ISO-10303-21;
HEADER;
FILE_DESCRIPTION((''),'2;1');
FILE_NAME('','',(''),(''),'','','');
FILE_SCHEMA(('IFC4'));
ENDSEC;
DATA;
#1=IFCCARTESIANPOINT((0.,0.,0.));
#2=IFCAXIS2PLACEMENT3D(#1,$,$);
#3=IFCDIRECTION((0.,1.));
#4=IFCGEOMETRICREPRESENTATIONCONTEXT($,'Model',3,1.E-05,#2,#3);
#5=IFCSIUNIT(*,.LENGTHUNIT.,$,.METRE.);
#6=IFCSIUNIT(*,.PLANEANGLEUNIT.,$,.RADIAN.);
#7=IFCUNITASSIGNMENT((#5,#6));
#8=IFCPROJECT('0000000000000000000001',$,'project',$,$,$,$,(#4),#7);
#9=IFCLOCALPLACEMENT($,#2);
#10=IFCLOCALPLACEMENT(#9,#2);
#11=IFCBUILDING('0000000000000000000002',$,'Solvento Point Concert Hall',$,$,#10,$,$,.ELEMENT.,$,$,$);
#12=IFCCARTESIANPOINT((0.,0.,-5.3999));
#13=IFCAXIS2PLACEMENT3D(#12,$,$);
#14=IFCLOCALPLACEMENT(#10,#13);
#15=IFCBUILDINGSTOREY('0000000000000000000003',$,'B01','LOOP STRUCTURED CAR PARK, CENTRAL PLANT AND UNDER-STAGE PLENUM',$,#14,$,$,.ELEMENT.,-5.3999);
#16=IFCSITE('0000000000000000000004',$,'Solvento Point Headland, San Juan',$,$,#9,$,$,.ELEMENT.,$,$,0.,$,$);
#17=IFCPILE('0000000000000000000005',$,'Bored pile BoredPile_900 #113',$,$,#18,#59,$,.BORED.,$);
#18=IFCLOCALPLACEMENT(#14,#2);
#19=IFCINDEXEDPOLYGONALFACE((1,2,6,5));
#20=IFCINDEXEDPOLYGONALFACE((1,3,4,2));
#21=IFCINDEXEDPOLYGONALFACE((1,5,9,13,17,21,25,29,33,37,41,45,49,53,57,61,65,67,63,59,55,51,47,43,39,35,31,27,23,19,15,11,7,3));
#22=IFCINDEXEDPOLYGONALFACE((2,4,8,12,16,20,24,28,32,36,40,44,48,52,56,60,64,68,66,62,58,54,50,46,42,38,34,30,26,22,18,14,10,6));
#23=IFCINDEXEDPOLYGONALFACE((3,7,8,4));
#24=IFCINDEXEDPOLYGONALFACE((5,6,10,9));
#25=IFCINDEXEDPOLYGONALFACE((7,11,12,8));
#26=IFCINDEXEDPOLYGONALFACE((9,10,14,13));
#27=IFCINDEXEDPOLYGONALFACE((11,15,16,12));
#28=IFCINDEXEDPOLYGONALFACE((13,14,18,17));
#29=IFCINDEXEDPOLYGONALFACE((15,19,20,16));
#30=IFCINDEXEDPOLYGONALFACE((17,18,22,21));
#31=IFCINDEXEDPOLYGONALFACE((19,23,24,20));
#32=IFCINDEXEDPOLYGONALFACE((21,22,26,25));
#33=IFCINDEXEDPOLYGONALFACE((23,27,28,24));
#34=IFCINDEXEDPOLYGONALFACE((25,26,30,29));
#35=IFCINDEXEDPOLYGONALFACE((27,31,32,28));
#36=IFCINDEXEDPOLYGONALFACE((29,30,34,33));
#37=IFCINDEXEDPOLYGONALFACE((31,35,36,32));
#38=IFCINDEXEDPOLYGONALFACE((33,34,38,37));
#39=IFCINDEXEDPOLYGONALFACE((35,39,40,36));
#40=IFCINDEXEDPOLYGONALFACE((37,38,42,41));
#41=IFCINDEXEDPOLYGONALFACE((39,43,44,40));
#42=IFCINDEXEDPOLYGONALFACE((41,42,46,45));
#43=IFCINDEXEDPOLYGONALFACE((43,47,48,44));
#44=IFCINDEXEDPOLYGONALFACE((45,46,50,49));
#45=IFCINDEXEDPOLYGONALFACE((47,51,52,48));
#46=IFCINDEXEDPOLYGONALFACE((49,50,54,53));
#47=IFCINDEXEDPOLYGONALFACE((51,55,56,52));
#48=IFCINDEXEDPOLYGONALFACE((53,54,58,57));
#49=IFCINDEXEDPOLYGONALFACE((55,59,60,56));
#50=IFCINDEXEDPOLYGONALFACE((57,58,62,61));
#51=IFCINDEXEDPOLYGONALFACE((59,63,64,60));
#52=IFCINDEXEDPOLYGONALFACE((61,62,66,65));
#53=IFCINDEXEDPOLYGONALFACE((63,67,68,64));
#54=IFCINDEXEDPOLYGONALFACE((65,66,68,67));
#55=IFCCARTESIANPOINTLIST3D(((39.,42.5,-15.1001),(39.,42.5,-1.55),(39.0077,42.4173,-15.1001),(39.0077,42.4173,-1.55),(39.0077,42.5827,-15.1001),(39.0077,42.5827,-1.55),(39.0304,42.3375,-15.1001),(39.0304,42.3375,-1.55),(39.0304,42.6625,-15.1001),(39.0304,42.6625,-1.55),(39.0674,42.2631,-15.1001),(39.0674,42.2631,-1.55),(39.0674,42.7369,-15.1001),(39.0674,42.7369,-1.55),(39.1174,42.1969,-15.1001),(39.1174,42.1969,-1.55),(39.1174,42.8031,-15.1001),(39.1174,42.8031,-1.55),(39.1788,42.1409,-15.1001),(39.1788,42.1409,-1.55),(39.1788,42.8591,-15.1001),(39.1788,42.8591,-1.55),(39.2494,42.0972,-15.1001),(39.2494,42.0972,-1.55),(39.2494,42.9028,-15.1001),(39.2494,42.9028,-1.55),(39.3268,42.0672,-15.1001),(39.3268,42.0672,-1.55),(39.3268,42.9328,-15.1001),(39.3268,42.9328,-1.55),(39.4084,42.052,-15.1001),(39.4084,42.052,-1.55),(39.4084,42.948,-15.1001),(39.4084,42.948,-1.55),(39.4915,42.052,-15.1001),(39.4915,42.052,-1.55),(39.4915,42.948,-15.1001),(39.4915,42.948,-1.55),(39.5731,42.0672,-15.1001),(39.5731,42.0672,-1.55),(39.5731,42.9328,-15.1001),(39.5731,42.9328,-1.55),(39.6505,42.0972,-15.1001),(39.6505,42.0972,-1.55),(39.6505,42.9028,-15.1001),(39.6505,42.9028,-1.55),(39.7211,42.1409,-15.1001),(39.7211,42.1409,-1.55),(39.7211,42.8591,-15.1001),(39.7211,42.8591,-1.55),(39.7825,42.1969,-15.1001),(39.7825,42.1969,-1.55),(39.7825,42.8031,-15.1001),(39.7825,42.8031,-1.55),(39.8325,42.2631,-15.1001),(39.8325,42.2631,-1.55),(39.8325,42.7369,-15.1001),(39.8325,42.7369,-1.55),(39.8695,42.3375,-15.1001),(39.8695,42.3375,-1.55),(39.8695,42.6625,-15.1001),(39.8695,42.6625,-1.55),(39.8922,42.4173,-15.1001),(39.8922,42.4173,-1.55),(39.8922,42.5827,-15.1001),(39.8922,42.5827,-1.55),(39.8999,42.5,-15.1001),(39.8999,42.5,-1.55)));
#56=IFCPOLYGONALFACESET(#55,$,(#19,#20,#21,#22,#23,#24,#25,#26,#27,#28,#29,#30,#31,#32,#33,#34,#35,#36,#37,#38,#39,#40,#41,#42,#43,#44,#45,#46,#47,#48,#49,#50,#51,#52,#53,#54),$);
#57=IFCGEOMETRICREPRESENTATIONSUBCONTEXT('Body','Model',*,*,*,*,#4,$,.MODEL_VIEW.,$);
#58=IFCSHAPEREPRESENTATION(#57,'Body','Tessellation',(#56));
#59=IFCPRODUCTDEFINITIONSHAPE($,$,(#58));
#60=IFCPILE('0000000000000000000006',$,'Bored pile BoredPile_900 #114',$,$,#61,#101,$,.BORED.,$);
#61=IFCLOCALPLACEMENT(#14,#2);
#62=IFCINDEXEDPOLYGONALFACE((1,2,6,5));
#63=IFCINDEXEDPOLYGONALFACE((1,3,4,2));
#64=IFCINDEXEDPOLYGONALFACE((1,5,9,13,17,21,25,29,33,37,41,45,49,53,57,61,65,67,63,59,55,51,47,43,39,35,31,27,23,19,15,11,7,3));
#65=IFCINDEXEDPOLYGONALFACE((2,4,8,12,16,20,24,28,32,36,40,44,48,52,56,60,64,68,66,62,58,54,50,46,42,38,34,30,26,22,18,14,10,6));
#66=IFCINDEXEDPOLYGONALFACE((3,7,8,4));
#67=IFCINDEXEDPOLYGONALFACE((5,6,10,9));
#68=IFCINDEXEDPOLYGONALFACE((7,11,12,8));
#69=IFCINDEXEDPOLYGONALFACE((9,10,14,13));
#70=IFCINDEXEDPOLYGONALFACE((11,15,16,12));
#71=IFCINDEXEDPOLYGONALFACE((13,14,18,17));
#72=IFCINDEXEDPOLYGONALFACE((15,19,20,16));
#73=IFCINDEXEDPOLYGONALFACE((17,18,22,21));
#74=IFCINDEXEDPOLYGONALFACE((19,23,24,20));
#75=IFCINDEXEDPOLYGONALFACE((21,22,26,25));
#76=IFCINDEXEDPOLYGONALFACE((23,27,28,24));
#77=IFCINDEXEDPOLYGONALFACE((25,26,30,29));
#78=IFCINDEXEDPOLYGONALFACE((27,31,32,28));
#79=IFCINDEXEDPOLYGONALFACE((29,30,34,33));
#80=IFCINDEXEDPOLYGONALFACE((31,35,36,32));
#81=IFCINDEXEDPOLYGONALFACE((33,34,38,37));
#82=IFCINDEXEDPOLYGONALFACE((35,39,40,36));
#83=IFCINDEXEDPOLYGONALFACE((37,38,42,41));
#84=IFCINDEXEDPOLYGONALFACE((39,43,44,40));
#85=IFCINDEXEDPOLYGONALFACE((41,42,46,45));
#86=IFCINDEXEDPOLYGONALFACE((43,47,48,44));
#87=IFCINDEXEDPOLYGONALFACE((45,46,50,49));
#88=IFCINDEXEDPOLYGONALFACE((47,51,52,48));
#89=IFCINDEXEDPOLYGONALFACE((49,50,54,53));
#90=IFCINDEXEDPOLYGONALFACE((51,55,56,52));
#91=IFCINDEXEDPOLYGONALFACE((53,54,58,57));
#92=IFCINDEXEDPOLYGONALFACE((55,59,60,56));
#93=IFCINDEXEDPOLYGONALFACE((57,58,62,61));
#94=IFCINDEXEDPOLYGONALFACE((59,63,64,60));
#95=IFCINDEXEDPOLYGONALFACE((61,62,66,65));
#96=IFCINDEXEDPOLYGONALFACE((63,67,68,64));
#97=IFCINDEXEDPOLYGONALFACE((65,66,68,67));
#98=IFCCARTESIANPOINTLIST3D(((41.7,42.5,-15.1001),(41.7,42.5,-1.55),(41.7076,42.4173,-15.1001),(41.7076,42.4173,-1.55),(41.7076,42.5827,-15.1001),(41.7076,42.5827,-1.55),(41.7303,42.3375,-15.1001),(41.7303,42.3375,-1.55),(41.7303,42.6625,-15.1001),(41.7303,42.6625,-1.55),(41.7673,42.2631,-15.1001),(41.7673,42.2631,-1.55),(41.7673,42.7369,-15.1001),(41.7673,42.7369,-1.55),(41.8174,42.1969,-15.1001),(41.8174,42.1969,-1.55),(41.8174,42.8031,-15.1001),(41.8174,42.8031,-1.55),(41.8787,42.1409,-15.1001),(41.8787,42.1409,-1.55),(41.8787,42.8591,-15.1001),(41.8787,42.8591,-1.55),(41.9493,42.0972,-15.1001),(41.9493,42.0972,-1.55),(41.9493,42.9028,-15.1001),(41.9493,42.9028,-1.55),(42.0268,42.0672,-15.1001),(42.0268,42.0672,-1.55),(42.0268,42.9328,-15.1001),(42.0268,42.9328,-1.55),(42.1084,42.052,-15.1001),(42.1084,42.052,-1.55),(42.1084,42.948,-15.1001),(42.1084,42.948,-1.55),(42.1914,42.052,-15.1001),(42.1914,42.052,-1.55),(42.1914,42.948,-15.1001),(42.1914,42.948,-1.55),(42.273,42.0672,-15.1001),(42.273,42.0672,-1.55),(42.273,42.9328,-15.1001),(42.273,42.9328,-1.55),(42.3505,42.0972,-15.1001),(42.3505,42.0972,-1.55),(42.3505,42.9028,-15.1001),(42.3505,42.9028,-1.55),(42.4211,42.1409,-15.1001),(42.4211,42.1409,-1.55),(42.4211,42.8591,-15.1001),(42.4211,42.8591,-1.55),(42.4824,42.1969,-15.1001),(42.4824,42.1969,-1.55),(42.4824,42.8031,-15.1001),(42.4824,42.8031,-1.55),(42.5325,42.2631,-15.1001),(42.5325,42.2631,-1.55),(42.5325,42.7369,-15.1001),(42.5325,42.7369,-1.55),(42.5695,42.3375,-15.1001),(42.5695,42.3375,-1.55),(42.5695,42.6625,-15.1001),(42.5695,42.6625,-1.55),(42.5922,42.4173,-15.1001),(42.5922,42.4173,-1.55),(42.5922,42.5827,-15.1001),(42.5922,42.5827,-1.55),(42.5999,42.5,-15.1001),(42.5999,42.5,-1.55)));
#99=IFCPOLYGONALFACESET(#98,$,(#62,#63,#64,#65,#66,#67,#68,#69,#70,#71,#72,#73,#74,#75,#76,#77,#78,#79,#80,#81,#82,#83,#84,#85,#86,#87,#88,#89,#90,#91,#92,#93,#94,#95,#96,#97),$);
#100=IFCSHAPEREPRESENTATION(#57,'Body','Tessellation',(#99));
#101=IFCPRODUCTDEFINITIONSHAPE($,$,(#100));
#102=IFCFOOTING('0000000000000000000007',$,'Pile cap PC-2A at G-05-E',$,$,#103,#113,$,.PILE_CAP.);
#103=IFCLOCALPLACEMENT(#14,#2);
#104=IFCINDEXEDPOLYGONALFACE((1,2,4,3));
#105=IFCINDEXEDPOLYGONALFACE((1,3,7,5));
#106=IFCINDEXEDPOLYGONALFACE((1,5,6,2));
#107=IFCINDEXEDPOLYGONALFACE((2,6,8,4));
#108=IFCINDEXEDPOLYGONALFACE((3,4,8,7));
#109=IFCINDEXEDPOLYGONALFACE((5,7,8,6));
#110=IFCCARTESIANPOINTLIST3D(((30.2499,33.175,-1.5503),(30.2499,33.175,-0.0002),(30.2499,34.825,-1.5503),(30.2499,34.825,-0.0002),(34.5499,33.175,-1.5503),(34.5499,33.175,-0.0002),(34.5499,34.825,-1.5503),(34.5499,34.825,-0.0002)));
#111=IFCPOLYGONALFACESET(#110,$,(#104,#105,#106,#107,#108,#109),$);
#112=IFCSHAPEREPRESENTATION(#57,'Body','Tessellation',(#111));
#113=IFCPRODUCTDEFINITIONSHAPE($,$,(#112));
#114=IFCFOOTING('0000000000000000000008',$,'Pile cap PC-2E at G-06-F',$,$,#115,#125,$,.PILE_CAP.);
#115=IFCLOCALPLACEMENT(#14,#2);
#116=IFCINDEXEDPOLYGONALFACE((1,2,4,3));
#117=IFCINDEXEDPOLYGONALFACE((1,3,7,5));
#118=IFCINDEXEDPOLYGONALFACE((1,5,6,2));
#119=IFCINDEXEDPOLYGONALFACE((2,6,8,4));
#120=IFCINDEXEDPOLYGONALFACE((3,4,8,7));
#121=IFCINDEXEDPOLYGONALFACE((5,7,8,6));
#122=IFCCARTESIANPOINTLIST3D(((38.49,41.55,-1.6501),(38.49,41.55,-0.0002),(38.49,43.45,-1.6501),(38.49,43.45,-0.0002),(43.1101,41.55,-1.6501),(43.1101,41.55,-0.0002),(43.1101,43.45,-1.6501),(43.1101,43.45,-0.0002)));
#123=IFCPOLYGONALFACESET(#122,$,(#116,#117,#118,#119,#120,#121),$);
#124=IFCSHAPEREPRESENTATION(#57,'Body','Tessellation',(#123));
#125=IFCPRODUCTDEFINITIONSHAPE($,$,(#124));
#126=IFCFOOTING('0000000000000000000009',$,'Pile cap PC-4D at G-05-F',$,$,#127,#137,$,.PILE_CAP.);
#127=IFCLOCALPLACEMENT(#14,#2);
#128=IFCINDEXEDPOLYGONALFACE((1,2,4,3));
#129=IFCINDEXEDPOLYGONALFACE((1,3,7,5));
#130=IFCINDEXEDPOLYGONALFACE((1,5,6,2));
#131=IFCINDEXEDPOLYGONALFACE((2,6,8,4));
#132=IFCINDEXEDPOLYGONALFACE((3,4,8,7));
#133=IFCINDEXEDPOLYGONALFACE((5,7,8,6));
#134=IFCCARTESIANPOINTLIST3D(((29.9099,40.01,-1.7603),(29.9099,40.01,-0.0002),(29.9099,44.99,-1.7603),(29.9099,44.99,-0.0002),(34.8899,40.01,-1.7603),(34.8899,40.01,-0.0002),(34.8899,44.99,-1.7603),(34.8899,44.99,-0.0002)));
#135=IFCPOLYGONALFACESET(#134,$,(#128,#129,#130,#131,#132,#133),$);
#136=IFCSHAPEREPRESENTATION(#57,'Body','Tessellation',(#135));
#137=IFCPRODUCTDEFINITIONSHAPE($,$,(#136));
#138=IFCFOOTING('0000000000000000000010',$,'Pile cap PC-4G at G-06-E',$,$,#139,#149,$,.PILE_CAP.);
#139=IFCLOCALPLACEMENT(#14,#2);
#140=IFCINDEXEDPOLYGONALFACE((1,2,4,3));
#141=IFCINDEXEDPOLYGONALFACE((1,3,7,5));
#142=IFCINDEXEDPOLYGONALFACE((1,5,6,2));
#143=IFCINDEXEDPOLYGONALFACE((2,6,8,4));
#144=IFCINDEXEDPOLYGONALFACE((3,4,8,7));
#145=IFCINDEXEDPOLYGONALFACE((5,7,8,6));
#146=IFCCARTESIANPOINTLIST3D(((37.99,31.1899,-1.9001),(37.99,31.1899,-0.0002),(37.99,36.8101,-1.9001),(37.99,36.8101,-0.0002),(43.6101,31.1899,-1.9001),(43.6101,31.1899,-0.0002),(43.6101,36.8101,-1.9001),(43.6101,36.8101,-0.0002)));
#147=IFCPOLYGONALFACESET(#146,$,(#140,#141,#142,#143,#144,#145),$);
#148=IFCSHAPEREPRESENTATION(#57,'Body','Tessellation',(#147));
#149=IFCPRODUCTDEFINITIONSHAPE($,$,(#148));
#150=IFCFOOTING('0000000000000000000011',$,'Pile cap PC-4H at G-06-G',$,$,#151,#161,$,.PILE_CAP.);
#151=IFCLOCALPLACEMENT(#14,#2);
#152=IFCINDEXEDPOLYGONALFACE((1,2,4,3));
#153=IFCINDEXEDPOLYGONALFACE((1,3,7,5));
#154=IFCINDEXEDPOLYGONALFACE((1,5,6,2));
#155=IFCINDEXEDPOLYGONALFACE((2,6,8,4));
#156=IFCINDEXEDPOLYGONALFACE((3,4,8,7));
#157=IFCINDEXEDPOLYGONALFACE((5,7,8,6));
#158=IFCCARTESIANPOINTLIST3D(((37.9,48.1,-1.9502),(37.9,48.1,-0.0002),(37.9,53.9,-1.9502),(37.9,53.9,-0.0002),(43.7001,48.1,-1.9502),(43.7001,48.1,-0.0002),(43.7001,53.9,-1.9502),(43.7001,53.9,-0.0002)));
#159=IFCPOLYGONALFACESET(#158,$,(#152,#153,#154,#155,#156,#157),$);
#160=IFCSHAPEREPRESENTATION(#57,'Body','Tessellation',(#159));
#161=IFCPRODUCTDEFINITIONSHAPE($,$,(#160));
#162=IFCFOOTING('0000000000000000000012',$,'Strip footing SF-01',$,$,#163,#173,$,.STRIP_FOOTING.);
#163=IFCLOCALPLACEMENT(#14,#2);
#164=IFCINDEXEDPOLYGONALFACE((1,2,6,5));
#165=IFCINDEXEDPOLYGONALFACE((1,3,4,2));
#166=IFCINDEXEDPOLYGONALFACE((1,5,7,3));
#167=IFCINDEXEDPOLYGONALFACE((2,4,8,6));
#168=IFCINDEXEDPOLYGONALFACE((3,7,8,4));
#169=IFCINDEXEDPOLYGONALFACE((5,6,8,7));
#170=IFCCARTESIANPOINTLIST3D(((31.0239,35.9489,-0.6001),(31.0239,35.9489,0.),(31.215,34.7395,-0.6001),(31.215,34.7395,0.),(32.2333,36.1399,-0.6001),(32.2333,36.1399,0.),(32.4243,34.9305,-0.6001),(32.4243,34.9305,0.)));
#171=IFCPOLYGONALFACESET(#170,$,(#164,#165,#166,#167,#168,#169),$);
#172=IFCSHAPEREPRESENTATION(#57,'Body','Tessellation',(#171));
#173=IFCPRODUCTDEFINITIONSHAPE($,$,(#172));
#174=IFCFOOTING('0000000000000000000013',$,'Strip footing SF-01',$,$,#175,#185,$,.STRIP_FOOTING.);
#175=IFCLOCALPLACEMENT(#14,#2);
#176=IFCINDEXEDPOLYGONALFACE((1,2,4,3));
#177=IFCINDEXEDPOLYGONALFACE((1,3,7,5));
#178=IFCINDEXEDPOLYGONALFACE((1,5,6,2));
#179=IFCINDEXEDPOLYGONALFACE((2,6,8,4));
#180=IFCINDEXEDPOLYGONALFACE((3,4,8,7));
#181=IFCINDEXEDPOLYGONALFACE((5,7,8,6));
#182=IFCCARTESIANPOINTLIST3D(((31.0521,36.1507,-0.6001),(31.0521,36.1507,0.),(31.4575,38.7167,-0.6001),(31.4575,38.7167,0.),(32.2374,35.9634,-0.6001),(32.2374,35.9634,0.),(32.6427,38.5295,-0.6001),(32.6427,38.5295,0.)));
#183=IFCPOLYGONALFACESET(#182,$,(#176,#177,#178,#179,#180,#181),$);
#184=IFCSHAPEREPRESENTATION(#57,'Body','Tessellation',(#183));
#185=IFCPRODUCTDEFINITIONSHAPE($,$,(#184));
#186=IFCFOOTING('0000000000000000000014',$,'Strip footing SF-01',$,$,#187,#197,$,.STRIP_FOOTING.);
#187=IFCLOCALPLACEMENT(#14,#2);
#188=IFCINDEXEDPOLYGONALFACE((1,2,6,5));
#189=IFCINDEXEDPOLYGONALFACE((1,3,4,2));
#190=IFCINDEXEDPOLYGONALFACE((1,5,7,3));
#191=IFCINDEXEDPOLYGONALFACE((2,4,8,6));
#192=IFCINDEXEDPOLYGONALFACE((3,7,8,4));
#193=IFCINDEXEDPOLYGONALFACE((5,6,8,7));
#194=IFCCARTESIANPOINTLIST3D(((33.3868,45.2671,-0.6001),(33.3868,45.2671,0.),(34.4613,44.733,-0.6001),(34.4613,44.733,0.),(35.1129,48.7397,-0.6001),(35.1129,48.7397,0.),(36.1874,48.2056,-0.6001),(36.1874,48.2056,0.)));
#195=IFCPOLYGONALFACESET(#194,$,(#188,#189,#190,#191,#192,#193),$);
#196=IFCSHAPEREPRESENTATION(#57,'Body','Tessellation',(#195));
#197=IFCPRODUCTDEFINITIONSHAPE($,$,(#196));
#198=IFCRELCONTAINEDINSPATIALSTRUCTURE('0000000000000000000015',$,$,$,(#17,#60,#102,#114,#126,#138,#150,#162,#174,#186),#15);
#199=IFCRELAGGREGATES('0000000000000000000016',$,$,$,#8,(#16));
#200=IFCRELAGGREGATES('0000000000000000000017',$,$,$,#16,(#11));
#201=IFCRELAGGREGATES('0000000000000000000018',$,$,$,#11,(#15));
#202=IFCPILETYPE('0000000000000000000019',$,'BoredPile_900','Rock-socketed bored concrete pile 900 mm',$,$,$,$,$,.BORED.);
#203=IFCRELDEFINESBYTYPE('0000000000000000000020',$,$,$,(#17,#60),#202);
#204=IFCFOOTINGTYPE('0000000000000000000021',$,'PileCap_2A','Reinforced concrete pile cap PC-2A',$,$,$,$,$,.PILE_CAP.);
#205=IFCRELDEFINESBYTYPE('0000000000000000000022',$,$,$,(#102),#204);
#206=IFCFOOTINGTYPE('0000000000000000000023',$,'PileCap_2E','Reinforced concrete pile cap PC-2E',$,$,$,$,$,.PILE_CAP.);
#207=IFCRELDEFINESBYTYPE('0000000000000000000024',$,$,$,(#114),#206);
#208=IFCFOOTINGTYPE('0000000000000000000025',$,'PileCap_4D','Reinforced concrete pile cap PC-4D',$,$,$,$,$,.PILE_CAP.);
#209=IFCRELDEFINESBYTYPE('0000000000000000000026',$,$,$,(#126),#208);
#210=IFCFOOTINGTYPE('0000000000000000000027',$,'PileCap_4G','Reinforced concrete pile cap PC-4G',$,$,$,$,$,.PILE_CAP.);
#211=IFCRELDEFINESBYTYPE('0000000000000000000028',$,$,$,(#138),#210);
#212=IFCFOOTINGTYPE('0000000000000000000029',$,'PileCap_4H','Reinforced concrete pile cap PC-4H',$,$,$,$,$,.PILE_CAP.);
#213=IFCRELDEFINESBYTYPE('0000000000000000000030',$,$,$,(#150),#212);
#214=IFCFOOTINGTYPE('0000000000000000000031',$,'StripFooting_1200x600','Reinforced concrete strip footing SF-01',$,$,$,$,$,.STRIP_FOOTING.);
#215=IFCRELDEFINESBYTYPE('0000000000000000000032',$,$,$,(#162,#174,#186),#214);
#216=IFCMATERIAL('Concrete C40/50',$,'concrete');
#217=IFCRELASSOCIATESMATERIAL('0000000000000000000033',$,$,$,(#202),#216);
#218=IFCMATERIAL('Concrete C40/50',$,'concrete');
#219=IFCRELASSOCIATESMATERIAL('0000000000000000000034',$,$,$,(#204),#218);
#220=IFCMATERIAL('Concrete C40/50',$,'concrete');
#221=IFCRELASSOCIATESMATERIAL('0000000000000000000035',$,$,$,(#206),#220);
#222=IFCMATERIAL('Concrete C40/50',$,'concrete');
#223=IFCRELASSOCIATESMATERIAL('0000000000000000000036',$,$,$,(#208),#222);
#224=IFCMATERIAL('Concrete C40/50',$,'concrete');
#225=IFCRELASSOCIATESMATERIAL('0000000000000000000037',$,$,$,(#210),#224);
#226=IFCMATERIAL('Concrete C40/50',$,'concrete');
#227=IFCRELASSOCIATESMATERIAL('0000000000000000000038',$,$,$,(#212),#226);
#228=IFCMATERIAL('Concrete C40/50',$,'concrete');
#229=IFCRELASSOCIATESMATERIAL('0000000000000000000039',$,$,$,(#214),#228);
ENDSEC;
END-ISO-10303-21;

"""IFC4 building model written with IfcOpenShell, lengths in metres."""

from ifc_helpers import new_model, si_unit, direction, frame, origin, origin_2d, place, context, subcontext, project, spatial, rectangle, circle, extrude, material, material_profile, profile_set, type_object, element, save


model = new_model("IFC4")

# Units and contexts
model_context = context("Model", 3, precision=1e-05, world=origin(), true_north=direction((0.0, 1.0)))
body_context = subcontext(model_context, "Body", "Model", "MODEL_VIEW")
ifc_project = project(units=[si_unit("LENGTHUNIT", "METRE"), si_unit("PLANEANGLEUNIT", "RADIAN")], contexts=[model_context])

# Site, building, storey
site_placement = place(None, origin())
site = spatial("IfcSite", under=ifc_project, at=site_placement, Name="Solvento Point Headland, San Juan", CompositionType="ELEMENT", RefElevation=0.0)
building_placement = place(site_placement, origin())
building = spatial("IfcBuilding", under=site, at=building_placement, Name="Solvento Point Concert Hall", CompositionType="ELEMENT")
storey_placement = place(building_placement, frame((0.0, 0.0, -5.3999)))
storey = spatial("IfcBuildingStorey", under=building, at=storey_placement, Name="B01", Description="LOOP STRUCTURED CAR PARK, CENTRAL PLANT AND UNDER-STAGE PLENUM", CompositionType="ELEMENT", Elevation=-5.3999)

# Piles
ifc_material_1 = material(Name="Concrete C40/50", Category="concrete")
ifc_material_profile_1 = material_profile(ifc_material_1, circle(Radius=0.45, at=origin_2d()), Name="BP-900")
ifc_profile_set_1 = profile_set([ifc_material_profile_1], Name="Concrete C40/50")
pile_type_1 = type_object("IfcPileType", Name="BoredPile_900", Description="Rock-socketed bored concrete pile 900 mm", PredefinedType="BORED", material=ifc_profile_set_1)
for number, where, z_axis, x_axis, name in (
    (1, (39.45, 42.5, -1.55), (0.0, 0.0, -1.0), (1.0, 0.0, 0.0), "Bored pile BoredPile_900 #113"),
    (2, (42.1499, 42.5, -1.55), (0.0, 0.0, -1.0), (1.0, 0.0, 0.0), "Bored pile BoredPile_900 #114"),
):
    element("IfcPile", number, at=place(storey_placement, frame(where, z_axis=z_axis, x_axis=x_axis)), inside=storey, type_object=pile_type_1, Name=name, PredefinedType="BORED", context=body_context, shape_type="SweptSolid", body=[
        extrude(circle(Radius=0.45, at=origin_2d()), origin(), (0.0, 0.0, 1.0), 13.55),
    ])

# Footings
ifc_material_2 = material(Name="Concrete C40/50", Category="concrete")
footing_type_1 = type_object("IfcFootingType", Name="PileCap_2A", Description="Reinforced concrete pile cap PC-2A", PredefinedType="PILE_CAP", material=ifc_material_2)
footing_1_placement = place(storey_placement, frame((32.3999, 34.0, -1.5503), z_axis=(0.0, 0.0, 1.0), x_axis=(1.0, 0.0, 0.0)))
element("IfcFooting", 3, at=footing_1_placement, inside=storey, type_object=footing_type_1, Name="Pile cap PC-2A at G-05-E", PredefinedType="PILE_CAP", context=body_context, shape_type="SweptSolid", body=[
    extrude(rectangle(XDim=4.3, YDim=1.6499, at=origin_2d()), origin(), (0.0, 0.0, 1.0), 1.55),
])
ifc_material_3 = material(Name="Concrete C40/50", Category="concrete")
footing_type_2 = type_object("IfcFootingType", Name="PileCap_2E", Description="Reinforced concrete pile cap PC-2E", PredefinedType="PILE_CAP", material=ifc_material_3)
footing_2_placement = place(storey_placement, frame((40.8, 42.5, -1.6501), z_axis=(0.0, 0.0, 1.0), x_axis=(1.0, 0.0, 0.0)))
element("IfcFooting", 4, at=footing_2_placement, inside=storey, type_object=footing_type_2, Name="Pile cap PC-2E at G-06-F", PredefinedType="PILE_CAP", context=body_context, shape_type="SweptSolid", body=[
    extrude(rectangle(XDim=4.6201, YDim=1.8999, at=origin_2d()), origin(), (0.0, 0.0, 1.0), 1.6499),
])
ifc_material_4 = material(Name="Concrete C40/50", Category="concrete")
footing_type_3 = type_object("IfcFootingType", Name="PileCap_4D", Description="Reinforced concrete pile cap PC-4D", PredefinedType="PILE_CAP", material=ifc_material_4)
footing_3_placement = place(storey_placement, frame((32.3999, 42.5, -1.7603), z_axis=(0.0, 0.0, 1.0), x_axis=(1.0, 0.0, 0.0)))
element("IfcFooting", 5, at=footing_3_placement, inside=storey, type_object=footing_type_3, Name="Pile cap PC-4D at G-05-F", PredefinedType="PILE_CAP", context=body_context, shape_type="SweptSolid", body=[
    extrude(rectangle(XDim=4.98, YDim=4.98, at=origin_2d()), origin(), (0.0, 0.0, 1.0), 1.76),
])
ifc_material_5 = material(Name="Concrete C40/50", Category="concrete")
footing_type_4 = type_object("IfcFootingType", Name="PileCap_4G", Description="Reinforced concrete pile cap PC-4G", PredefinedType="PILE_CAP", material=ifc_material_5)
footing_4_placement = place(storey_placement, frame((40.8, 34.0, -1.9001), z_axis=(0.0, 0.0, 1.0), x_axis=(1.0, 0.0, 0.0)))
element("IfcFooting", 6, at=footing_4_placement, inside=storey, type_object=footing_type_4, Name="Pile cap PC-4G at G-06-E", PredefinedType="PILE_CAP", context=body_context, shape_type="SweptSolid", body=[
    extrude(rectangle(XDim=5.6201, YDim=5.6201, at=origin_2d()), origin(), (0.0, 0.0, 1.0), 1.8999),
])
ifc_material_6 = material(Name="Concrete C40/50", Category="concrete")
footing_type_5 = type_object("IfcFootingType", Name="PileCap_4H", Description="Reinforced concrete pile cap PC-4H", PredefinedType="PILE_CAP", material=ifc_material_6)
footing_5_placement = place(storey_placement, frame((40.8, 51.0, -1.9502), z_axis=(0.0, 0.0, 1.0), x_axis=(1.0, 0.0, 0.0)))
element("IfcFooting", 7, at=footing_5_placement, inside=storey, type_object=footing_type_5, Name="Pile cap PC-4H at G-06-G", PredefinedType="PILE_CAP", context=body_context, shape_type="SweptSolid", body=[
    extrude(rectangle(XDim=5.8, YDim=5.8, at=origin_2d()), origin(), (0.0, 0.0, 1.0), 1.95),
])
ifc_material_7 = material(Name="Concrete C40/50", Category="concrete")
footing_type_6 = type_object("IfcFootingType", Name="StripFooting_1200x600", Description="Reinforced concrete strip footing SF-01", PredefinedType="STRIP_FOOTING", material=ifc_material_7)
footing_6_placement = place(storey_placement, frame((31.7241, 35.4397, -0.6001), z_axis=(0.0, 0.0, 1.0), x_axis=(-0.156038, 0.987751, 0.0)))
element("IfcFooting", 8, at=footing_6_placement, inside=storey, type_object=footing_type_6, Name="Strip footing SF-01", PredefinedType="STRIP_FOOTING", context=body_context, shape_type="SweptSolid", body=[
    extrude(rectangle(XDim=1.2244, YDim=1.2244, at=origin_2d()), origin(), (0.0, 0.0, 1.0), 0.6001),
])
footing_7_placement = place(storey_placement, frame((31.8474, 37.3401, -0.6001), z_axis=(0.0, 0.0, 1.0), x_axis=(0.156038, 0.987751, 0.0)))
element("IfcFooting", 9, at=footing_7_placement, inside=storey, type_object=footing_type_6, Name="Strip footing SF-01", PredefinedType="STRIP_FOOTING", context=body_context, shape_type="SweptSolid", body=[
    extrude(rectangle(XDim=2.5979, YDim=1.2, at=origin_2d()), origin(), (0.0, 0.0, 1.0), 0.6001),
])
footing_8_placement = place(storey_placement, frame((34.7871, 46.7363, -0.6001), z_axis=(0.0, 0.0, 1.0), x_axis=(0.445117, 0.895473, 0.0)))
element("IfcFooting", 10, at=footing_8_placement, inside=storey, type_object=footing_type_6, Name="Strip footing SF-01", PredefinedType="STRIP_FOOTING", context=body_context, shape_type="SweptSolid", body=[
    extrude(rectangle(XDim=3.8779, YDim=1.2, at=origin_2d()), origin(), (0.0, 0.0, 1.0), 0.6001),
])

save(model, "model.ifc")
